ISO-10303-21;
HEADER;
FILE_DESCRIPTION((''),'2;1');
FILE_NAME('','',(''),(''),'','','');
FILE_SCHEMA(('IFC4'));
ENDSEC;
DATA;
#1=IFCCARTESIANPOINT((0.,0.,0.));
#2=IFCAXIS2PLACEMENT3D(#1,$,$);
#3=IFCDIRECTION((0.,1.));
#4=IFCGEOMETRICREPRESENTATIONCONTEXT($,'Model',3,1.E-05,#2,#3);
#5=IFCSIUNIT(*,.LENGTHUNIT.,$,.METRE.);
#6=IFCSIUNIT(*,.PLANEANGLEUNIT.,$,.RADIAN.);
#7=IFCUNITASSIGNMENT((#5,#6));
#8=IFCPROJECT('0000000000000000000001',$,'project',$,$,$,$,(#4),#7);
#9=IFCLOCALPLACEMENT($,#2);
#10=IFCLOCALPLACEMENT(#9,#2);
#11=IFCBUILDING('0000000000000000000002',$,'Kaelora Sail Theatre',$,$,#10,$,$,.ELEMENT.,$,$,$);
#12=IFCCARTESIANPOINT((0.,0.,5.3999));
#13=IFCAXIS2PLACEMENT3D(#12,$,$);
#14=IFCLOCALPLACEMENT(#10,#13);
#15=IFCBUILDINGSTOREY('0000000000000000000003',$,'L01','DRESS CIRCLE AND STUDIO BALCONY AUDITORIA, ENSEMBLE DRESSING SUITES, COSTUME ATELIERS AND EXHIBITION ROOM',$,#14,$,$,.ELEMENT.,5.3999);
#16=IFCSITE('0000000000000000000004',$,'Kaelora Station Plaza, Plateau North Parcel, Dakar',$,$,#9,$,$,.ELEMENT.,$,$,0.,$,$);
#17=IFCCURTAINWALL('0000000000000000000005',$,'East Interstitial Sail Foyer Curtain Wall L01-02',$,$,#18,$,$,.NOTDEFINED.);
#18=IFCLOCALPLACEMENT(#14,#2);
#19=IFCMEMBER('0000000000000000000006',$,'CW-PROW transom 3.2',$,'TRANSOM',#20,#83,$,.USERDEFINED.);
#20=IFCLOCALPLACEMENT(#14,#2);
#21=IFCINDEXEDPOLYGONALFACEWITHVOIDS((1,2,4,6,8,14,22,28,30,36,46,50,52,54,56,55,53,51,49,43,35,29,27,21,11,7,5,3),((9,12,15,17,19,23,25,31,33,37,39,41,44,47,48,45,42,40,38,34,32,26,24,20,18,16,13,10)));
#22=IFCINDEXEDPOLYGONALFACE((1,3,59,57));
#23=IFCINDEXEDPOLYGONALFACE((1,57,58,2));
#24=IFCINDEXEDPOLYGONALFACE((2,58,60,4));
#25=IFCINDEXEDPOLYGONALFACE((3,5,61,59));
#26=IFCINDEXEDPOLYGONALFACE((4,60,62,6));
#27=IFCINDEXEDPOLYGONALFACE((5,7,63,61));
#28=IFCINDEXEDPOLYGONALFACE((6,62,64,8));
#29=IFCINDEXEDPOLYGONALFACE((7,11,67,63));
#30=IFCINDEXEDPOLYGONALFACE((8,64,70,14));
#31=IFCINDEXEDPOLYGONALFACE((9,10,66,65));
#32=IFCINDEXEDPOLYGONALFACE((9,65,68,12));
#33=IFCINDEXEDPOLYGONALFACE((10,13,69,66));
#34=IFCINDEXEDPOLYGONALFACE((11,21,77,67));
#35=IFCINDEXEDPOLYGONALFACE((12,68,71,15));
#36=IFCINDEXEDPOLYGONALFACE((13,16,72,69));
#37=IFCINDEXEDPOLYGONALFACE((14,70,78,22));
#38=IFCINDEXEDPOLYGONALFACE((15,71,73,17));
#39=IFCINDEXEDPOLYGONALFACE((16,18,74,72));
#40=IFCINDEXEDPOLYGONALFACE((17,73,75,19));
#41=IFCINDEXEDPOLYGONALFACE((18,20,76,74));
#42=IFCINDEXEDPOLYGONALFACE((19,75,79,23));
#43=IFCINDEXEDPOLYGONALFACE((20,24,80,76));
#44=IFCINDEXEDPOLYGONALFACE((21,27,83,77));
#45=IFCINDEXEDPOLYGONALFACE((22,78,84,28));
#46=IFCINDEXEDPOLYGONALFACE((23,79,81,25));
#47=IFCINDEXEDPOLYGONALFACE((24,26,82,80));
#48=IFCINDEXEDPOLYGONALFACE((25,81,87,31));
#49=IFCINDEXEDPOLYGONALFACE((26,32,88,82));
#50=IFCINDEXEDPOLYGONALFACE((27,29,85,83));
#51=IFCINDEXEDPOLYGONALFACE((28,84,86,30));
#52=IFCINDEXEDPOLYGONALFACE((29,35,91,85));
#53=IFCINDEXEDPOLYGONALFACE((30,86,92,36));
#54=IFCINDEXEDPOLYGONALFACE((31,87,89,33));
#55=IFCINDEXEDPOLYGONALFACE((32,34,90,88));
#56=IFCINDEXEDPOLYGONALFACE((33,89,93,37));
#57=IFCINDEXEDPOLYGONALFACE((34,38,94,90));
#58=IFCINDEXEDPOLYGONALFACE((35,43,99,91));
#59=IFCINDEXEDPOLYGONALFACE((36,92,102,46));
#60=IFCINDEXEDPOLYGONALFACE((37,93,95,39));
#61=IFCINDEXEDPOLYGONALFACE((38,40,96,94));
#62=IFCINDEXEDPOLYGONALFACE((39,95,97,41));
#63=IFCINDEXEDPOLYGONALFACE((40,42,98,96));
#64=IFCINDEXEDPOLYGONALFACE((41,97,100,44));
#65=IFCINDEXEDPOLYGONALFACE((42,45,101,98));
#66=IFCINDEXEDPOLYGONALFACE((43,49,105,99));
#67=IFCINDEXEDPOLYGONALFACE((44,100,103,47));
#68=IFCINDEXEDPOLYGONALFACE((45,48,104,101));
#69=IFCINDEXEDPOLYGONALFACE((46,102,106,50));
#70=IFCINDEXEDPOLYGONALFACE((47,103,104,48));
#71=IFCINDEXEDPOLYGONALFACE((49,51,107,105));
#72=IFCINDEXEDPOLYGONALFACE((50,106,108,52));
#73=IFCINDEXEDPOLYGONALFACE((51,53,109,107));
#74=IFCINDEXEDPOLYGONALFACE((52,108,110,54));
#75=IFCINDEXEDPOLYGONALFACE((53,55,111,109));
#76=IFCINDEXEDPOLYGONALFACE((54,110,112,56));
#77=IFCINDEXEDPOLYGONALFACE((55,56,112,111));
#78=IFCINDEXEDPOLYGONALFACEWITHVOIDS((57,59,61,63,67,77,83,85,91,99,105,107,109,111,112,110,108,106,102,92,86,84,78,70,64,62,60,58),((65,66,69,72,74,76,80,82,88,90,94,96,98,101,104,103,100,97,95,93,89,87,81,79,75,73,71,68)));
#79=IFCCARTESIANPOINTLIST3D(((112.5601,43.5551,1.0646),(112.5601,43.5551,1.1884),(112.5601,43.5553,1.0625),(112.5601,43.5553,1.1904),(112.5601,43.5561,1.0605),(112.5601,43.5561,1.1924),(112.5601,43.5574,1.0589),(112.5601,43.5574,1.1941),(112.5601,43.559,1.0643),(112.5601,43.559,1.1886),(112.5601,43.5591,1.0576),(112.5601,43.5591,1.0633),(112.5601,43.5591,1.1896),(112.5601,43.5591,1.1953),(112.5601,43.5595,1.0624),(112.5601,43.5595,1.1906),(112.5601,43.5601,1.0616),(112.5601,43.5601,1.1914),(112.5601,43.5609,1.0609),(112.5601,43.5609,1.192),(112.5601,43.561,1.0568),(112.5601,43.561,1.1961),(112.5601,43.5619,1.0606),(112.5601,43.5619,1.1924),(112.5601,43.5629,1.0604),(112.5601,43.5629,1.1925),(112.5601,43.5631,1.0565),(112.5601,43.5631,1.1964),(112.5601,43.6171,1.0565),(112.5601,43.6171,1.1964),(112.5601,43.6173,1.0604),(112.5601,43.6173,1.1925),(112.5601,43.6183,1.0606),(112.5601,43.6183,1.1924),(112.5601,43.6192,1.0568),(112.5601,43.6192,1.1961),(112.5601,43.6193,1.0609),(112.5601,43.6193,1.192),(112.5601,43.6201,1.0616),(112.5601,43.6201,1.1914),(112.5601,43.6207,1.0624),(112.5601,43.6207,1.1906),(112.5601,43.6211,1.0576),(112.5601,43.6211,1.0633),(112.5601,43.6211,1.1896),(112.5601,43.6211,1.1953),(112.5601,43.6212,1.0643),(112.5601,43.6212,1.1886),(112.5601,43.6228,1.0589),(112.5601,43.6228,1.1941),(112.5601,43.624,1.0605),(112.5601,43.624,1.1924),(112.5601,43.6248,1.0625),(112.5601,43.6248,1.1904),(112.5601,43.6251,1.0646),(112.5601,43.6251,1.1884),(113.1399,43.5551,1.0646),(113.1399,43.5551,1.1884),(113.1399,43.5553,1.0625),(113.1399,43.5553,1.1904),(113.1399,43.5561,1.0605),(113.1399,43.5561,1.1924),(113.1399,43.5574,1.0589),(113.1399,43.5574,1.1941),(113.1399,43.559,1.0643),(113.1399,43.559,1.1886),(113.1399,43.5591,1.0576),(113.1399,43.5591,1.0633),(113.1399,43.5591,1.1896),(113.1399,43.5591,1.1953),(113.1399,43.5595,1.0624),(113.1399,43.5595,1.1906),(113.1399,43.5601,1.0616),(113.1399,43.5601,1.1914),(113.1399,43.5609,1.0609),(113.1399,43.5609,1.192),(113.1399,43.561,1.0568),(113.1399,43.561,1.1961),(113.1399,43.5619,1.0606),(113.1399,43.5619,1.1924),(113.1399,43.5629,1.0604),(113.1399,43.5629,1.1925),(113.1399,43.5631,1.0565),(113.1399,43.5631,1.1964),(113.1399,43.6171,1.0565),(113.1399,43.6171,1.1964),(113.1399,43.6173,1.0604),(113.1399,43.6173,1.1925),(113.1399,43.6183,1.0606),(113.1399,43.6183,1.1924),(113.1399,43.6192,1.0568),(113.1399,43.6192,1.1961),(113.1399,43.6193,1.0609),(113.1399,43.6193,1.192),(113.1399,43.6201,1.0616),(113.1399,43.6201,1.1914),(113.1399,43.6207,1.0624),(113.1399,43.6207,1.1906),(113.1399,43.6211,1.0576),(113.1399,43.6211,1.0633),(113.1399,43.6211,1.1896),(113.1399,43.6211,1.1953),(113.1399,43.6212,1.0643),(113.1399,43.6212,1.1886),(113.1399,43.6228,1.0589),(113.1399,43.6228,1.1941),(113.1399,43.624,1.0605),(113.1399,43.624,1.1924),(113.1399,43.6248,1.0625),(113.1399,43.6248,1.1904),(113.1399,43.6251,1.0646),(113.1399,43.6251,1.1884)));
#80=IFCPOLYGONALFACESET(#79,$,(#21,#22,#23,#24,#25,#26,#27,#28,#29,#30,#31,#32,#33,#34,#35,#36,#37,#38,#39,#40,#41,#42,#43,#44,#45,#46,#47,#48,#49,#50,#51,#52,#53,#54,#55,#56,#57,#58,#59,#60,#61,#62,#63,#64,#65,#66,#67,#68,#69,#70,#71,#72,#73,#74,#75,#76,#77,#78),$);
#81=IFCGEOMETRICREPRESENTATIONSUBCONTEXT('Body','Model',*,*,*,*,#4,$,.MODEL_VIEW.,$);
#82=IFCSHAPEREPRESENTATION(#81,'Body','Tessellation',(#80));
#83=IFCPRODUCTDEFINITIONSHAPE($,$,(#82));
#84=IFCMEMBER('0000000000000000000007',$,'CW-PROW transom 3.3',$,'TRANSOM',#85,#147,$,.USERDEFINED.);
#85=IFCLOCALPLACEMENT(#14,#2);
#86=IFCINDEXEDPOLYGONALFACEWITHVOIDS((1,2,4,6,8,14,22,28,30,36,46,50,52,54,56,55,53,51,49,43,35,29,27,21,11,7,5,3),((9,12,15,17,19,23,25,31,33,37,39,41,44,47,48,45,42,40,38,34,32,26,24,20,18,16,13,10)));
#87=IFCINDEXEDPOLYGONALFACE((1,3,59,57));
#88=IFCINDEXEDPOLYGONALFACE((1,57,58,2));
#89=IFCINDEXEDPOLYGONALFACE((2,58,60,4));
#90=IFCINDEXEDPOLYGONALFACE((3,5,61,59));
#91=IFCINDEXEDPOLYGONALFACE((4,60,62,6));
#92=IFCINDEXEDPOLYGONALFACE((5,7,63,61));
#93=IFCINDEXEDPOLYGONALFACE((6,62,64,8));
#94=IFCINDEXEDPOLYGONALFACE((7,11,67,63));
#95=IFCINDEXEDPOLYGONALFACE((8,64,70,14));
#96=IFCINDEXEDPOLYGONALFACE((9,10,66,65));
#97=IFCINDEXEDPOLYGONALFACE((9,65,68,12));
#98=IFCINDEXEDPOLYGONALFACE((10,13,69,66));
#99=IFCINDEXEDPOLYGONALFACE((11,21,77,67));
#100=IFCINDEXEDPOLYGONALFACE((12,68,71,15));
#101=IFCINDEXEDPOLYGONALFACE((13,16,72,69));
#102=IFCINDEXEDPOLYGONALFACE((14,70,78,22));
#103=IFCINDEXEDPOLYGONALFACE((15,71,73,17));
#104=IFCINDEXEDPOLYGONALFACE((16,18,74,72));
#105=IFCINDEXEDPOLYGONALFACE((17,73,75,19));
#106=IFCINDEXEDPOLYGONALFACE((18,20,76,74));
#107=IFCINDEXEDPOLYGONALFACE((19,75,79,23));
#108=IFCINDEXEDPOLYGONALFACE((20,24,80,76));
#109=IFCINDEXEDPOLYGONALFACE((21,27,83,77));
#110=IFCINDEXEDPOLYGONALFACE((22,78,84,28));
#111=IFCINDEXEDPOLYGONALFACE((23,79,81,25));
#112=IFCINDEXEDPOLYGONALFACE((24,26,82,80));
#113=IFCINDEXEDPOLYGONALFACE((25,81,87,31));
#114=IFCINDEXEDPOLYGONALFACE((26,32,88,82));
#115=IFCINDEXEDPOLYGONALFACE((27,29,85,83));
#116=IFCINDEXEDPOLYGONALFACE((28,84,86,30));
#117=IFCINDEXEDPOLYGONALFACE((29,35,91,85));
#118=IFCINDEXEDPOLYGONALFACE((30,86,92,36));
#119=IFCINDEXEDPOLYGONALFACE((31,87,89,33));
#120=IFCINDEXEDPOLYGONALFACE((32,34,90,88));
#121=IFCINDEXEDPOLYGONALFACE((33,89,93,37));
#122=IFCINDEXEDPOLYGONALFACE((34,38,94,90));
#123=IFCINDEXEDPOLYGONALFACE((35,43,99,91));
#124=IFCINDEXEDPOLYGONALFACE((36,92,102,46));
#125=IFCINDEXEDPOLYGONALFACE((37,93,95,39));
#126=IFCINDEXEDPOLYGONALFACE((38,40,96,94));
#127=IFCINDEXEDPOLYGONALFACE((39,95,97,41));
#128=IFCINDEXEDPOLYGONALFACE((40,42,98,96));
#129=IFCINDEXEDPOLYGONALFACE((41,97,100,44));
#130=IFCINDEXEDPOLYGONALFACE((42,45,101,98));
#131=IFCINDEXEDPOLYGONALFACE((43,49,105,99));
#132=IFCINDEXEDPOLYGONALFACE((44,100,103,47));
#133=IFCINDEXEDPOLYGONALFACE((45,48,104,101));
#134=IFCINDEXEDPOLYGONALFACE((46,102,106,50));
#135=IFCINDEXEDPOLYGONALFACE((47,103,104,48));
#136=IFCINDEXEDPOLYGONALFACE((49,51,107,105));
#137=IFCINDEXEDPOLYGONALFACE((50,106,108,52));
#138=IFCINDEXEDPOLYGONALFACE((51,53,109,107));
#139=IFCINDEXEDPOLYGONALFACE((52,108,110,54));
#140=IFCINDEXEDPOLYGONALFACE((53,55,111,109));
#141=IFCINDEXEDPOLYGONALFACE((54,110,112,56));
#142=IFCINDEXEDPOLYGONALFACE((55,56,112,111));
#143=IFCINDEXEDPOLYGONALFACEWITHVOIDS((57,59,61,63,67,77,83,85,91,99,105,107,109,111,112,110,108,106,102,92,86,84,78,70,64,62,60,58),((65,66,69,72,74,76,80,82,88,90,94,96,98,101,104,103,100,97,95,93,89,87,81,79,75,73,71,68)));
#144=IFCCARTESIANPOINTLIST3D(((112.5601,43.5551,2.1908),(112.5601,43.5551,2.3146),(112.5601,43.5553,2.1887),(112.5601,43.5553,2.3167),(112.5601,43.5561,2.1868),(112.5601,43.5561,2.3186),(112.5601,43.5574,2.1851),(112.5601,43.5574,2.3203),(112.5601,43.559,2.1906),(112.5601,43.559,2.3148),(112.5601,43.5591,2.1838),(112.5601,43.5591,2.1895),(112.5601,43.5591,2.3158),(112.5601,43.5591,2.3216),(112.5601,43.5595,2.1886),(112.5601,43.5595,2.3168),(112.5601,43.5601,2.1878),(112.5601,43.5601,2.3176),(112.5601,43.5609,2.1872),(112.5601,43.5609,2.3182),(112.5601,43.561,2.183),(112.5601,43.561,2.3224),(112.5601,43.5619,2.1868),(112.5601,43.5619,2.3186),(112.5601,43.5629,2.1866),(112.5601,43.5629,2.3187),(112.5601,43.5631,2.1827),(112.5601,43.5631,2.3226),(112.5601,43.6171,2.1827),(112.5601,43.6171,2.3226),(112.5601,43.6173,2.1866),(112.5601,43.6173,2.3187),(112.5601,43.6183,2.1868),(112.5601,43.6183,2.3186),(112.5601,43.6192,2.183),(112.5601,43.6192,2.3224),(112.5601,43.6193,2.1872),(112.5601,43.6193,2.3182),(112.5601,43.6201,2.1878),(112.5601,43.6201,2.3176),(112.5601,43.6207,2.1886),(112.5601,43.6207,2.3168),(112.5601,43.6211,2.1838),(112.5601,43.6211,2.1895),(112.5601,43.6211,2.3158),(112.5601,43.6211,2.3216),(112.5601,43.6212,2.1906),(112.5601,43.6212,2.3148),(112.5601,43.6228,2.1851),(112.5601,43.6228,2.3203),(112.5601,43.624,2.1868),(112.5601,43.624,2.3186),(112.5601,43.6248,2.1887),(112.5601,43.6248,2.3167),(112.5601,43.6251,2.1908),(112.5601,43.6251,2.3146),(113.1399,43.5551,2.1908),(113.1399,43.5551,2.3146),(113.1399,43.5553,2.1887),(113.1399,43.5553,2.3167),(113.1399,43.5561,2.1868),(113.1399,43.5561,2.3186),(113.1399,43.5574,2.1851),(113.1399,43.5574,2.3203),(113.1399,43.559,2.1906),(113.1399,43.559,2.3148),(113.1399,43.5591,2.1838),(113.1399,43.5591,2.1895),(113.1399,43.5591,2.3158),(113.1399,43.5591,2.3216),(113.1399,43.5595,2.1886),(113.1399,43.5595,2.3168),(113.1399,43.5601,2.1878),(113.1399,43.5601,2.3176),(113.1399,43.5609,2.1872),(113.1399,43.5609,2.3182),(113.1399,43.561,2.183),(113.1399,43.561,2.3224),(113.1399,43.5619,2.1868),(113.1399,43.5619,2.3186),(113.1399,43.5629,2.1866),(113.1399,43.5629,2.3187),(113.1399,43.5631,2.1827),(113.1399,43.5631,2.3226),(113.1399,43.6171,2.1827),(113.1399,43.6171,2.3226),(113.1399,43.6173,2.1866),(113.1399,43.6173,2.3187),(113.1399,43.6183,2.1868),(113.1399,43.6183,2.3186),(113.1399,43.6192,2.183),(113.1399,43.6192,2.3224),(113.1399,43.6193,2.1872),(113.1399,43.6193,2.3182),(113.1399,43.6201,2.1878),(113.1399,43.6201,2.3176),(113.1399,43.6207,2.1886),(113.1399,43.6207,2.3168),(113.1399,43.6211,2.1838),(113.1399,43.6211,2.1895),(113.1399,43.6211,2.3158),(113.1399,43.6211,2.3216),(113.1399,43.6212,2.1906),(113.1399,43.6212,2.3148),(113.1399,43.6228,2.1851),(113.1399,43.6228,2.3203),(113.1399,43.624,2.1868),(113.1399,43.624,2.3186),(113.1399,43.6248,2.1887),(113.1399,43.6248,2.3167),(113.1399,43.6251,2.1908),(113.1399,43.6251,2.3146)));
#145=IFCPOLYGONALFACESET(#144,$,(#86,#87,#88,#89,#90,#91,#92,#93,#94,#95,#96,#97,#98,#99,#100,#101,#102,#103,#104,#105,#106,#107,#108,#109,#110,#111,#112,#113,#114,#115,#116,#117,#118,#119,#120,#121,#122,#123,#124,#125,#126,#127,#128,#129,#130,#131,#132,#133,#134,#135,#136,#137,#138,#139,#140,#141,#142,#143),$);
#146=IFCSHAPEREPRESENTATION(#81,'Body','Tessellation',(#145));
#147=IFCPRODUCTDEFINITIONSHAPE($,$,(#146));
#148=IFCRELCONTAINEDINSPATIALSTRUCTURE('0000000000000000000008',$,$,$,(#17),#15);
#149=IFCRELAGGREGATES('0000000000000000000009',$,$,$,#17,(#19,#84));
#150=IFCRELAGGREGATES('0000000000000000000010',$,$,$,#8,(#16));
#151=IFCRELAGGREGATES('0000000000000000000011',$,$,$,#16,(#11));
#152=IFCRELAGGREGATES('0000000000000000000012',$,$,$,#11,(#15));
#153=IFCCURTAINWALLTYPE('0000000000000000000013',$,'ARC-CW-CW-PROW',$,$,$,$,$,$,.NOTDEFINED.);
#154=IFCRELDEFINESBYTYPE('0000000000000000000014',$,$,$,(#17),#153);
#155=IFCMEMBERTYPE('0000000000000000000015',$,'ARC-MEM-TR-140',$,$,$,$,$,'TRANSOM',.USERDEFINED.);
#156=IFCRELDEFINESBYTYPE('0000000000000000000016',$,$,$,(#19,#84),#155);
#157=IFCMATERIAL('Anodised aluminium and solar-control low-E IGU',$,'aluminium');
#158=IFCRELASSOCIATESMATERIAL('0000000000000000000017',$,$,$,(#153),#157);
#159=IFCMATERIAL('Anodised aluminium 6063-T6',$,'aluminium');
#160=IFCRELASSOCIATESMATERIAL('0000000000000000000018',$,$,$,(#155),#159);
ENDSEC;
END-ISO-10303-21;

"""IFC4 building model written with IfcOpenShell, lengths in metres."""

from ifc_helpers import new_model, si_unit, direction, frame, origin, origin_2d, place, context, subcontext, project, spatial, hollow_rectangle, extrude, material, material_profile, profile_set, type_object, element, aggregate, save


model = new_model("IFC4")

# Units and contexts
model_context = context("Model", 3, precision=1e-05, world=origin(), true_north=direction((0.0, 1.0)))
body_context = subcontext(model_context, "Body", "Model", "MODEL_VIEW")
ifc_project = project(units=[si_unit("LENGTHUNIT", "METRE"), si_unit("PLANEANGLEUNIT", "RADIAN")], contexts=[model_context])

# Site, building, storey
site_placement = place(None, origin())
site = spatial("IfcSite", under=ifc_project, at=site_placement, Name="Kaelora Station Plaza, Plateau North Parcel, Dakar", CompositionType="ELEMENT", RefElevation=0.0)
building_placement = place(site_placement, origin())
building = spatial("IfcBuilding", under=site, at=building_placement, Name="Kaelora Sail Theatre", CompositionType="ELEMENT")
storey_placement = place(building_placement, frame((0.0, 0.0, 5.3999)))
storey = spatial("IfcBuildingStorey", under=building, at=storey_placement, Name="L01", Description="DRESS CIRCLE AND STUDIO BALCONY AUDITORIA, ENSEMBLE DRESSING SUITES, COSTUME ATELIERS AND EXHIBITION ROOM", CompositionType="ELEMENT", Elevation=5.3999)

# Curtain wall, members
ifc_material_1 = material(Name="Anodised aluminium and solar-control low-E IGU", Category="aluminium")
curtain_wall_type = type_object("IfcCurtainWallType", Name="ARC-CW-CW-PROW", PredefinedType="NOTDEFINED", material=ifc_material_1)
curtain_wall_placement = place(storey_placement, origin())
curtain_wall = element("IfcCurtainWall", 1, at=curtain_wall_placement, inside=storey, type_object=curtain_wall_type, Name="East Interstitial Sail Foyer Curtain Wall L01-02", PredefinedType="NOTDEFINED")
ifc_material_2 = material(Name="Anodised aluminium 6063-T6", Category="aluminium")
ifc_material_profile_1 = material_profile(ifc_material_2, hollow_rectangle(XDim=0.0701, YDim=0.1399, WallThickness=0.0039, InnerFilletRadius=0.0039, OuterFilletRadius=0.0081, at=origin_2d()), Name="ALU-TRAN 70x140x4")
ifc_profile_set_1 = profile_set([ifc_material_profile_1], Name="Anodised aluminium 6063-T6")
member_type_1 = type_object("IfcMemberType", Name="ARC-MEM-TR-140", ElementType="TRANSOM", PredefinedType="USERDEFINED", material=ifc_profile_set_1)
member_1_placement = place(storey_placement, frame((112.5601, 43.5901, 1.1265), z_axis=(1.0, 0.0, 0.0), x_axis=(0.0, 1.0, 0.0)))
member_1 = element("IfcMember", 2, at=member_1_placement, type_object=member_type_1, Name="CW-PROW transom 3.2", ObjectType="TRANSOM", PredefinedType="USERDEFINED", context=body_context, shape_type="SweptSolid", body=[
    extrude(hollow_rectangle(XDim=0.0701, YDim=0.1399, WallThickness=0.0039, InnerFilletRadius=0.0039, OuterFilletRadius=0.0081, at=origin_2d()), origin(), (0.0, 0.0, 1.0), 0.5798),
])
member_2_placement = place(storey_placement, frame((112.5601, 43.5901, 2.2527), z_axis=(1.0, 0.0, 0.0), x_axis=(0.0, 1.0, 0.0)))
member_2 = element("IfcMember", 3, at=member_2_placement, type_object=member_type_1, Name="CW-PROW transom 3.3", ObjectType="TRANSOM", PredefinedType="USERDEFINED", context=body_context, shape_type="SweptSolid", body=[
    extrude(hollow_rectangle(XDim=0.0701, YDim=0.1399, WallThickness=0.0039, InnerFilletRadius=0.0039, OuterFilletRadius=0.0081, at=origin_2d()), origin(), (0.0, 0.0, 1.0), 0.5798),
])

aggregate(curtain_wall, [member_1, member_2])

save(model, "model.ifc")
